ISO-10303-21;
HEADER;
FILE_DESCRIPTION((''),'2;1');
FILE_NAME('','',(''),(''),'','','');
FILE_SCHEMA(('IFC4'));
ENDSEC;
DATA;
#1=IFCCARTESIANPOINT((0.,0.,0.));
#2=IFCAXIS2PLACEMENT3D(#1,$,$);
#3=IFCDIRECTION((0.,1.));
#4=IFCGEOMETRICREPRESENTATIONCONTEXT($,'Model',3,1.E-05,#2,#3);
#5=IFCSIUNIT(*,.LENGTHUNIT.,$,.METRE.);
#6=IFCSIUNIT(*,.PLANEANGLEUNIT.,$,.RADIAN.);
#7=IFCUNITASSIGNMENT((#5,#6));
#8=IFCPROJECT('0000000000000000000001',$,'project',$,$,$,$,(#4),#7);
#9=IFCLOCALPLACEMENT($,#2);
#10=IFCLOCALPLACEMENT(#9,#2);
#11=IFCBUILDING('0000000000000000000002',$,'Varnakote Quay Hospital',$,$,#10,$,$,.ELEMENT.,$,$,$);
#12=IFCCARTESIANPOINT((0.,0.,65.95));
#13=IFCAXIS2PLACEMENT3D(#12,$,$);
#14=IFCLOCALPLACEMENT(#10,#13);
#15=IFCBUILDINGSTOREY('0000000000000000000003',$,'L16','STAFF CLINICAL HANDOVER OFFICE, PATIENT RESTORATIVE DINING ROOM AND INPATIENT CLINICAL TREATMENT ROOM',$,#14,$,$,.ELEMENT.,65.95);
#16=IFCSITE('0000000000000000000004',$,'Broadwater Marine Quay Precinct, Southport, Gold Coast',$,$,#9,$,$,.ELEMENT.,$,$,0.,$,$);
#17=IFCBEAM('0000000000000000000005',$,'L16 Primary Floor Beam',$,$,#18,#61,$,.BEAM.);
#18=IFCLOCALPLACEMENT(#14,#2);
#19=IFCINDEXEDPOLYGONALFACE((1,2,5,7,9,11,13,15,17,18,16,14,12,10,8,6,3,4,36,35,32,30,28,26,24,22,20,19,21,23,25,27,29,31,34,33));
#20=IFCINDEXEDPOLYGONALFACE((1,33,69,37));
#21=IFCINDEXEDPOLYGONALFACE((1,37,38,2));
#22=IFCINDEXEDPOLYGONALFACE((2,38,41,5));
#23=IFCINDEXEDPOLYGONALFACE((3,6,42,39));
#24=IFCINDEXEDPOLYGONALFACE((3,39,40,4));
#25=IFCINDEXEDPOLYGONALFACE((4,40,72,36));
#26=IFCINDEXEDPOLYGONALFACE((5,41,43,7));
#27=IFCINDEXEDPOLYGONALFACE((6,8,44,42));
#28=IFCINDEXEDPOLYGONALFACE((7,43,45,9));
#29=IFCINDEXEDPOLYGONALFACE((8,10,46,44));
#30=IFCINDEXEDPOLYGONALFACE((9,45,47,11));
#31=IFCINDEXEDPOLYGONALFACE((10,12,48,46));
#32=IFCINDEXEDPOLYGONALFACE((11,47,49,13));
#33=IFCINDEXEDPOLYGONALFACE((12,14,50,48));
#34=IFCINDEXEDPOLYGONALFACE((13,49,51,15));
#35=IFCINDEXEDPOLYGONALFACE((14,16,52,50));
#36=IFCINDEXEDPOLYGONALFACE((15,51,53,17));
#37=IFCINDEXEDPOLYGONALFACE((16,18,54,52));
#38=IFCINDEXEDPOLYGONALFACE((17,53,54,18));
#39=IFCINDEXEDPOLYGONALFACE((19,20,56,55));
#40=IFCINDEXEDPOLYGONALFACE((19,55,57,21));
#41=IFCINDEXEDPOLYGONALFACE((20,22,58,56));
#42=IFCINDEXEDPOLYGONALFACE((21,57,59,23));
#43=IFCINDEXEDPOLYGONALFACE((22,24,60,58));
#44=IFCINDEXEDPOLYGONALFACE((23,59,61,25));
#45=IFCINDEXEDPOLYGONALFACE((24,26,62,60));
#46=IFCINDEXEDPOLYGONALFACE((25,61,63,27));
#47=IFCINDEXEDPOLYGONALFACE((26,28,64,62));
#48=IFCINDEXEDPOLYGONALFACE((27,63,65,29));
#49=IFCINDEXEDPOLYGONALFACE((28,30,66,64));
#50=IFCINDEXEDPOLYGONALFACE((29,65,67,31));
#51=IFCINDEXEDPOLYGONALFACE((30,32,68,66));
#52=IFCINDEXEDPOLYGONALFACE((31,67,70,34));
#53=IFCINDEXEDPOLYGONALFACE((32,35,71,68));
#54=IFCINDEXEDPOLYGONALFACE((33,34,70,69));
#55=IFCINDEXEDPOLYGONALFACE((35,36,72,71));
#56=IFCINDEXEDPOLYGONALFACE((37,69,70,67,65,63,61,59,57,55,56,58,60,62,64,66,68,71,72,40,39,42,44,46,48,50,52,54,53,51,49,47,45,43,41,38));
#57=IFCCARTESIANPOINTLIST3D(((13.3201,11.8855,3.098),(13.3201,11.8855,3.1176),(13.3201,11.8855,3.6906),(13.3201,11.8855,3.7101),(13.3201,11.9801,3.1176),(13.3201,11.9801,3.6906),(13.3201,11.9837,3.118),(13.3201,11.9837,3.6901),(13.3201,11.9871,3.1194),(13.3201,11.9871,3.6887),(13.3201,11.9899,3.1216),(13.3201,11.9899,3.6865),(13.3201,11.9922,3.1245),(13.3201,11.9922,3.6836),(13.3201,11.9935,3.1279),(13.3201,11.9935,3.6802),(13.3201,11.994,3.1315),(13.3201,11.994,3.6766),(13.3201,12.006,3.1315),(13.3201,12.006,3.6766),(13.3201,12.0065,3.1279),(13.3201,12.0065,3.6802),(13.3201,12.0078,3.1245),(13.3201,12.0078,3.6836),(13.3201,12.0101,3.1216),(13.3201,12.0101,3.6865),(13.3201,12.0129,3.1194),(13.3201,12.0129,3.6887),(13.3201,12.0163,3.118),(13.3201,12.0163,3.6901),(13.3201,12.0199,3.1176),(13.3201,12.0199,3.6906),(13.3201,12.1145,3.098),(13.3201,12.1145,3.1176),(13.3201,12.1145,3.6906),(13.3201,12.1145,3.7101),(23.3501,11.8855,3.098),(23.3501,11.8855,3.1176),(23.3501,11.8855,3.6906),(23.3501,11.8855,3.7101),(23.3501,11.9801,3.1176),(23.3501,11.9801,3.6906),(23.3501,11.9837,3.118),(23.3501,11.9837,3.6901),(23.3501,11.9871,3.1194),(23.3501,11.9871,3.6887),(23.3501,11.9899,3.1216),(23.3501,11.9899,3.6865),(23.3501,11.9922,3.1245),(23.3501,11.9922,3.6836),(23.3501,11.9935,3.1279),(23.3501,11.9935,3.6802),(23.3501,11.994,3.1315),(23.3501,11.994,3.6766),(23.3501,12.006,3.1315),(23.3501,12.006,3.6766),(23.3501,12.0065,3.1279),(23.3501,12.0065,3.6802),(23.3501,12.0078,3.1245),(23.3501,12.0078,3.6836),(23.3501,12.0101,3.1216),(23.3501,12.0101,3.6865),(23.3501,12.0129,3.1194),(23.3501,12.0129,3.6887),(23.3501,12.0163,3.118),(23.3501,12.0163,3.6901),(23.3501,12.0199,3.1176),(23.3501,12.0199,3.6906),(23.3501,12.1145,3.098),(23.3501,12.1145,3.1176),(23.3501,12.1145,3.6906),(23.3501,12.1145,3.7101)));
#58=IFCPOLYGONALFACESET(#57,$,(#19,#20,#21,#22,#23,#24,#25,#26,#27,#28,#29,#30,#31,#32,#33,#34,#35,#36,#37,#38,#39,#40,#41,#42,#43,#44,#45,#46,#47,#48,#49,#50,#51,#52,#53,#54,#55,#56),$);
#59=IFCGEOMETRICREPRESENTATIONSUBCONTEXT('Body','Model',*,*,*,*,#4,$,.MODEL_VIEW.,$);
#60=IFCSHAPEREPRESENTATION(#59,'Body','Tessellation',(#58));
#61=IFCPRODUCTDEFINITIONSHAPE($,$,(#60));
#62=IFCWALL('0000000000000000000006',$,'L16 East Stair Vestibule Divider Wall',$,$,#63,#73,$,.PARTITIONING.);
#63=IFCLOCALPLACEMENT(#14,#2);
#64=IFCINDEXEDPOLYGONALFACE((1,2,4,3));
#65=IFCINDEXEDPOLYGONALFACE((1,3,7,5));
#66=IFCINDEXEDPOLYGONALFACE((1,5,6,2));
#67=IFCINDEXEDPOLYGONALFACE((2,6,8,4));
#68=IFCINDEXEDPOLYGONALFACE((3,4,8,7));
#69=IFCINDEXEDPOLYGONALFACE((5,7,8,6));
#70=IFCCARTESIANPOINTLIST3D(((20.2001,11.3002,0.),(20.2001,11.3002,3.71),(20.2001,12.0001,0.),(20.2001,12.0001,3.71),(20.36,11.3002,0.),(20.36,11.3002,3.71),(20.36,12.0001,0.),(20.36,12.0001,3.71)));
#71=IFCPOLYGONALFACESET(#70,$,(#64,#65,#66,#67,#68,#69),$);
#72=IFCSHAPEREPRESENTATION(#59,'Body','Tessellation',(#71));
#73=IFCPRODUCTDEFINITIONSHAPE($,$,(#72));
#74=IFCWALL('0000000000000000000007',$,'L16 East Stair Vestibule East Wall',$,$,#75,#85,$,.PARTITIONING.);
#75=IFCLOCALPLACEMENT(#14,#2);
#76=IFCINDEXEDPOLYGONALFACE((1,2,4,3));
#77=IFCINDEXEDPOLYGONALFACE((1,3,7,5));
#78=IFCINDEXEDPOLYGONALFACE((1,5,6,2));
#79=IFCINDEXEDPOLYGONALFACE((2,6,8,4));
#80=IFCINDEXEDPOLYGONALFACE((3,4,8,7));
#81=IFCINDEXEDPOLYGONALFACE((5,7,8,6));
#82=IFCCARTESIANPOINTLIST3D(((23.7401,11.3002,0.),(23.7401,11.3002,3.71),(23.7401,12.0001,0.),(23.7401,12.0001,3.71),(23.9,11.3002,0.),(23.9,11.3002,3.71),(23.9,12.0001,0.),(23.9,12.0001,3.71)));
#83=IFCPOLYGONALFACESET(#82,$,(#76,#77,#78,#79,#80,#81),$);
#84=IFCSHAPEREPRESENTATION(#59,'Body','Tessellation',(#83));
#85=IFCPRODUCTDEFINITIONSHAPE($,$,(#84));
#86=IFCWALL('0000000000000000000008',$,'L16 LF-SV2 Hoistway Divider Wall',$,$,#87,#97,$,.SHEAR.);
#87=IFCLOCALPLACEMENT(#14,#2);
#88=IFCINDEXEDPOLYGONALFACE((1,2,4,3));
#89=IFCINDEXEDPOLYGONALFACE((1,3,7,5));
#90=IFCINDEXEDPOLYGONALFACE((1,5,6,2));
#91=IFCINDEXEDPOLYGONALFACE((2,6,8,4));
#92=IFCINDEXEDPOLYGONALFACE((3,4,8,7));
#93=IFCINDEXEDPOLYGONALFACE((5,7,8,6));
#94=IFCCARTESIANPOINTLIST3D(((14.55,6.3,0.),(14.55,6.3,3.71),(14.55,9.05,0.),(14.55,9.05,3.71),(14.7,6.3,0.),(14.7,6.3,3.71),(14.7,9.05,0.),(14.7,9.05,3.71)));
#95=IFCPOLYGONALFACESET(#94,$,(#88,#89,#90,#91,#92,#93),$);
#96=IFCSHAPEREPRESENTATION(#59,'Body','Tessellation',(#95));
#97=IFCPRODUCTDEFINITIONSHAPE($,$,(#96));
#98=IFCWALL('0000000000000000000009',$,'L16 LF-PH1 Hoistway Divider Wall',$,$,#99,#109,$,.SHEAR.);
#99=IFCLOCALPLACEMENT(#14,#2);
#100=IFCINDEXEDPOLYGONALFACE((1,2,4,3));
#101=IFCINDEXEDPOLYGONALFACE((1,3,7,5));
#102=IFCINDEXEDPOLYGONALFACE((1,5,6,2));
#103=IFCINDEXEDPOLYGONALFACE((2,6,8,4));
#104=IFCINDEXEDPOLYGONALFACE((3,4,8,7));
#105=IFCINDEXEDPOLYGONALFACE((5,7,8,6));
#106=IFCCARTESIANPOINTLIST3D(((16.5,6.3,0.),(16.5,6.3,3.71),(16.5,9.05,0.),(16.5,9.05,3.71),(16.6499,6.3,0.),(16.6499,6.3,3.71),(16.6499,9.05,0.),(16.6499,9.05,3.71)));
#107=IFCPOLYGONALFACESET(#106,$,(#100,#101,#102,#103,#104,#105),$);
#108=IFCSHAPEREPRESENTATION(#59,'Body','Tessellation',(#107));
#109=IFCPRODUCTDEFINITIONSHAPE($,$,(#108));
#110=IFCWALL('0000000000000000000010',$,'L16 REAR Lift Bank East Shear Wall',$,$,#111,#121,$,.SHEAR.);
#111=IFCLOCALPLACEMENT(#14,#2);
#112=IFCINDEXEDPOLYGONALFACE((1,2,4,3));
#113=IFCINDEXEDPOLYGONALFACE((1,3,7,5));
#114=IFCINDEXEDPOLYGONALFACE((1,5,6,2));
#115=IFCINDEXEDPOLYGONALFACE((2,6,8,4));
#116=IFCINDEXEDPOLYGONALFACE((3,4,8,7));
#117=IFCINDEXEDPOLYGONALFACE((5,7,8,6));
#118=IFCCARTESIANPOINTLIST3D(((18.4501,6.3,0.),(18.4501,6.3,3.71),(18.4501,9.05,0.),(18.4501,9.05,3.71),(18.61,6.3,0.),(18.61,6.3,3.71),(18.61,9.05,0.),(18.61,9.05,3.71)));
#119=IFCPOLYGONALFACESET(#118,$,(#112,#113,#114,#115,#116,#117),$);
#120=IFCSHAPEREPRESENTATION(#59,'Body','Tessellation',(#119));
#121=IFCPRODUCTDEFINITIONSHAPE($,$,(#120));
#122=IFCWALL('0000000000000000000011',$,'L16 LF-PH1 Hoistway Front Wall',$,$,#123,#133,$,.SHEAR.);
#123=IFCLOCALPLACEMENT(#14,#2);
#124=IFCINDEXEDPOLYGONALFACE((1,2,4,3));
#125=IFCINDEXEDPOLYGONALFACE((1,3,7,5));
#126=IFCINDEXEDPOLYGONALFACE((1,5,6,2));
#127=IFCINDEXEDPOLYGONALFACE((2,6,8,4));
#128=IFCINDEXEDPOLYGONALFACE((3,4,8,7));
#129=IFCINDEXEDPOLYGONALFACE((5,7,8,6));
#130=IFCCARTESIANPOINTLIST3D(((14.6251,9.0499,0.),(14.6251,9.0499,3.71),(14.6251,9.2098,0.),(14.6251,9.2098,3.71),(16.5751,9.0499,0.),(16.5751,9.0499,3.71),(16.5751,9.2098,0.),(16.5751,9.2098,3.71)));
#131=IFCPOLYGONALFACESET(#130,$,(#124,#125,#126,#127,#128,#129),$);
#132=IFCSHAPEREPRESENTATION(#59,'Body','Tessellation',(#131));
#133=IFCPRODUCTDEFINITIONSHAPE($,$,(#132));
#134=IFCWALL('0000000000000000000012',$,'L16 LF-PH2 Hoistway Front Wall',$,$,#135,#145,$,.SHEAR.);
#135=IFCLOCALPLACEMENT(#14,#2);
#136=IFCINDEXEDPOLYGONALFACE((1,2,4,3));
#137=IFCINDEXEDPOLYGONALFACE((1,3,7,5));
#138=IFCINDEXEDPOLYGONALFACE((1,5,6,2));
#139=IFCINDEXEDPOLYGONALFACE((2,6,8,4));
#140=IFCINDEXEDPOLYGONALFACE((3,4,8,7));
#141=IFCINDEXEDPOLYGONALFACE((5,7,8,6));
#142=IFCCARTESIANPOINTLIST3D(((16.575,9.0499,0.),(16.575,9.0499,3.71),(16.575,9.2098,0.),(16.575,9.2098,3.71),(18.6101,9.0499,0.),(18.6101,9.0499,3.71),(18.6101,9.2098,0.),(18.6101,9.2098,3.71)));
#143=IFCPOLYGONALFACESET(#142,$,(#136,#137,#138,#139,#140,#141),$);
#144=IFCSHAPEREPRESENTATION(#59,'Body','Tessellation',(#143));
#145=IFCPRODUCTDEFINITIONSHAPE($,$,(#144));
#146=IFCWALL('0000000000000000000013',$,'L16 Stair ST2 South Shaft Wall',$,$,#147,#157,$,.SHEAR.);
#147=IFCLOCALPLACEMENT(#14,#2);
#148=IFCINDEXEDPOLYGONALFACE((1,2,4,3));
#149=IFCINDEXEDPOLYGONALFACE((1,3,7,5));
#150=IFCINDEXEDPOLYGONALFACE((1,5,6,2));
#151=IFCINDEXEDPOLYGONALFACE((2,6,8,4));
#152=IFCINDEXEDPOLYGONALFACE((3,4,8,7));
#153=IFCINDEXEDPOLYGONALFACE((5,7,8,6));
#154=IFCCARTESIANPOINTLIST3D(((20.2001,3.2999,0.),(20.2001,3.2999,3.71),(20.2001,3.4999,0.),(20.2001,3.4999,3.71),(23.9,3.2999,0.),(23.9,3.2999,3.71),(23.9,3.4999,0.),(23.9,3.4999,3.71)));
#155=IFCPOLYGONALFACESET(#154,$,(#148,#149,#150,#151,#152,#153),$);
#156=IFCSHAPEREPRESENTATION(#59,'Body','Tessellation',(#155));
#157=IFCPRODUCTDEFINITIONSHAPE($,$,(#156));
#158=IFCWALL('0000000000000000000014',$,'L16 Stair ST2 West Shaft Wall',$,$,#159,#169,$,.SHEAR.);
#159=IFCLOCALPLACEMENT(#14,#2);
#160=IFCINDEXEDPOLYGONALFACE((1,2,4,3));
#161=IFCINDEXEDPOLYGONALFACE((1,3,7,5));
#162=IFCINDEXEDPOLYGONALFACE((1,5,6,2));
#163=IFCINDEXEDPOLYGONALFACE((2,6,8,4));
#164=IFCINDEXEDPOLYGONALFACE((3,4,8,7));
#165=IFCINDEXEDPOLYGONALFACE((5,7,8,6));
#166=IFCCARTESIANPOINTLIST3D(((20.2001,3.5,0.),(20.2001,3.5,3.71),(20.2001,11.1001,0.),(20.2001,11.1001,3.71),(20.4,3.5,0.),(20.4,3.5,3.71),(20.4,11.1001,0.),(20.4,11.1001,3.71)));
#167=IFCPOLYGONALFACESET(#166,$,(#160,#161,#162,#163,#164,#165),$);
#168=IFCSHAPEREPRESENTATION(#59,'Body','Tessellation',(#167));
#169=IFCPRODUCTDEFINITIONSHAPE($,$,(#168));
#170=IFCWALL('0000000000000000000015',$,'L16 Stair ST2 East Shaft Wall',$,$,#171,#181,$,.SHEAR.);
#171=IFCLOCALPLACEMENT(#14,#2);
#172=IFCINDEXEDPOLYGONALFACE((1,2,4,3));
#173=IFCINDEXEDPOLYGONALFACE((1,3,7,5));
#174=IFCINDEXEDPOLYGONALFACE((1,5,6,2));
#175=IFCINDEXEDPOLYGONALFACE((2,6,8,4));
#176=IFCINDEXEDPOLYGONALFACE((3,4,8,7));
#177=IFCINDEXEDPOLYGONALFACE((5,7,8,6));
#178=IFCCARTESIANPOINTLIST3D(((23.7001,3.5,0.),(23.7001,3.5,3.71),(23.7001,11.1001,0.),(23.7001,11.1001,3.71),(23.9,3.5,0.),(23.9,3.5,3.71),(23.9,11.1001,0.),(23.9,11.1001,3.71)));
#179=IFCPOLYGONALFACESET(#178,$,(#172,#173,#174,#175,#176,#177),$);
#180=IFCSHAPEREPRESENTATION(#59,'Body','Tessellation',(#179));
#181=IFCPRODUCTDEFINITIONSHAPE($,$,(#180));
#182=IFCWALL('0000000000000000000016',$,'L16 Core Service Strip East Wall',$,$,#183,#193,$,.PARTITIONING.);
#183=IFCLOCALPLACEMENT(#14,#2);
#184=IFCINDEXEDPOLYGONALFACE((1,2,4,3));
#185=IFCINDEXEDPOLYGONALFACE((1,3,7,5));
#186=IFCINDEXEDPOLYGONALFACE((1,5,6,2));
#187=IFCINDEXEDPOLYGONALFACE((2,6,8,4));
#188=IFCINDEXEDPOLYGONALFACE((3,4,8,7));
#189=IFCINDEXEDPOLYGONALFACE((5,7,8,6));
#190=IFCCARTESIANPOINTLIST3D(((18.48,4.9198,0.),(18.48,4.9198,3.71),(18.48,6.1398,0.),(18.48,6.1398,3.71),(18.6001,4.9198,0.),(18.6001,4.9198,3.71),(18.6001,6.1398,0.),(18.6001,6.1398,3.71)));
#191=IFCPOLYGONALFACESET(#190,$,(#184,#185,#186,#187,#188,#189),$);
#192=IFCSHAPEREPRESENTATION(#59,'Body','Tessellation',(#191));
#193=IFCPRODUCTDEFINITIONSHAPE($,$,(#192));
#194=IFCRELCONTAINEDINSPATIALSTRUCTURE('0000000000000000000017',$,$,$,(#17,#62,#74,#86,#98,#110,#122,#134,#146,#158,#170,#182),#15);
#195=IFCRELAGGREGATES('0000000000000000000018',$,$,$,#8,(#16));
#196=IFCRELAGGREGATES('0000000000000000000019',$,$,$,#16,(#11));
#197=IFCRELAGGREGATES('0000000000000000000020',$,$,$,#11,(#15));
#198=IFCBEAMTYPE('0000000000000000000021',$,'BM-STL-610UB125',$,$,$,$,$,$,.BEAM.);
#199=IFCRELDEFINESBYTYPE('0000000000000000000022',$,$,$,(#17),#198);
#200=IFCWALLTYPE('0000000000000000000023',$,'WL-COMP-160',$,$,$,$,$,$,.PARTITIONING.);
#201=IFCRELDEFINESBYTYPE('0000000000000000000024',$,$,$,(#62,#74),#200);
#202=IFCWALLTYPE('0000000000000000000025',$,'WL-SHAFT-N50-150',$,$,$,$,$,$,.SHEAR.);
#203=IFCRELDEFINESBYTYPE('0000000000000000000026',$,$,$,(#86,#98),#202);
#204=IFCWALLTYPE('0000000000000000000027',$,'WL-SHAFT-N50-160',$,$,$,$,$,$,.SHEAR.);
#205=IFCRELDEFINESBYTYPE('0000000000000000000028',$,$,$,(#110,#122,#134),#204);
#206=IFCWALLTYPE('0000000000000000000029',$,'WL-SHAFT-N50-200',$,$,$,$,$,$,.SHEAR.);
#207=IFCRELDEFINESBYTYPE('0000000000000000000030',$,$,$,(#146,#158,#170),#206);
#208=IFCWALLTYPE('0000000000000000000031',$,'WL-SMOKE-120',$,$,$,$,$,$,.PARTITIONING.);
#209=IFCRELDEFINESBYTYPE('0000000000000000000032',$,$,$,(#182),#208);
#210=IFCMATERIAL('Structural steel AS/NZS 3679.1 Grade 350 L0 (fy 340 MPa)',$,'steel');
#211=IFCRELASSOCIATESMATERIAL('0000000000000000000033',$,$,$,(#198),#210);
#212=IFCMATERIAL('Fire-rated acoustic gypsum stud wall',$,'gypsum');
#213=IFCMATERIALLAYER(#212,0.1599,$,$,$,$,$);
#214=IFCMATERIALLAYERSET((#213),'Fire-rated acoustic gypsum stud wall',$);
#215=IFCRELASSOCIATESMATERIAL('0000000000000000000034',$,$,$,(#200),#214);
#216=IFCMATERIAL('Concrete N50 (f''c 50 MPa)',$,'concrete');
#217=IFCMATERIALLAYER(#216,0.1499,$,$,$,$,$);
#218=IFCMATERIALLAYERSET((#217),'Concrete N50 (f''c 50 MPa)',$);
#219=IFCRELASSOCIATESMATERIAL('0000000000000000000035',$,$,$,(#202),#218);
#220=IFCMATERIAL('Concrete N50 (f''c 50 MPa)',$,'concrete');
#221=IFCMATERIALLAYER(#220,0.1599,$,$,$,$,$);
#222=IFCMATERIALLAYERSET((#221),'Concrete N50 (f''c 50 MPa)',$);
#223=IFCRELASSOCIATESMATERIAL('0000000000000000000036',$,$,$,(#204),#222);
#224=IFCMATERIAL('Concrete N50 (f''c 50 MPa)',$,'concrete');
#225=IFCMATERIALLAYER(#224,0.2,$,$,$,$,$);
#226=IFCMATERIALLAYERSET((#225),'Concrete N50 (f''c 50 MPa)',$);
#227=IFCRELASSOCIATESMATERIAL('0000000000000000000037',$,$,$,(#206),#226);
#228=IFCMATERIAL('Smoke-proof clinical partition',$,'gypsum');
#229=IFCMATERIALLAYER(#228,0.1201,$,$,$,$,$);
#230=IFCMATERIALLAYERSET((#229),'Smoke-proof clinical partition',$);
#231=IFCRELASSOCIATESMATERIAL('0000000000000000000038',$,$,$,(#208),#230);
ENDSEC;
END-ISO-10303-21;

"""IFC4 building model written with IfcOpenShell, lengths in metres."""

from ifc_helpers import new_model, si_unit, direction, frame, frame_2d, origin, origin_2d, place, context, subcontext, project, spatial, rectangle, i_section, extrude, material, layer, layer_set, material_profile, profile_set, type_object, element, save


model = new_model("IFC4")

# Units and contexts
model_context = context("Model", 3, precision=1e-05, world=origin(), true_north=direction((0.0, 1.0)))
body_context = subcontext(model_context, "Body", "Model", "MODEL_VIEW")
ifc_project = project(units=[si_unit("LENGTHUNIT", "METRE"), si_unit("PLANEANGLEUNIT", "RADIAN")], contexts=[model_context])

# Site, building, storey
site_placement = place(None, origin())
site = spatial("IfcSite", under=ifc_project, at=site_placement, Name="Broadwater Marine Quay Precinct, Southport, Gold Coast", CompositionType="ELEMENT", RefElevation=0.0)
building_placement = place(site_placement, origin())
building = spatial("IfcBuilding", under=site, at=building_placement, Name="Varnakote Quay Hospital", CompositionType="ELEMENT")
storey_placement = place(building_placement, frame((0.0, 0.0, 65.95)))
storey = spatial("IfcBuildingStorey", under=building, at=storey_placement, Name="L16", Description="STAFF CLINICAL HANDOVER OFFICE, PATIENT RESTORATIVE DINING ROOM AND INPATIENT CLINICAL TREATMENT ROOM", CompositionType="ELEMENT", Elevation=65.95)

# Beam
ifc_material_1 = material(Name="Structural steel AS/NZS 3679.1 Grade 350 L0 (fy 340 MPa)", Category="steel")
ifc_material_profile = material_profile(ifc_material_1, i_section(OverallWidth=0.229, OverallDepth=0.6121, WebThickness=0.012, FlangeThickness=0.0195, FilletRadius=0.0139, at=origin_2d()), Name="610UB125")
ifc_profile_set = profile_set([ifc_material_profile], Name="Structural steel AS/NZS 3679.1 Grade 350 L0 (fy 340 MPa)")
beam_type = type_object("IfcBeamType", Name="BM-STL-610UB125", PredefinedType="BEAM", material=ifc_profile_set)
beam_placement = place(storey_placement, frame((13.3201, 12.0, 3.4041), z_axis=(1.0, 0.0, 0.0), x_axis=(0.0, 1.0, 0.0)))
element("IfcBeam", 1, at=beam_placement, inside=storey, type_object=beam_type, Name="L16 Primary Floor Beam", PredefinedType="BEAM", context=body_context, shape_type="SweptSolid", body=[
    extrude(i_section(OverallWidth=0.229, OverallDepth=0.6121, WebThickness=0.012, FlangeThickness=0.0195, FilletRadius=0.0139, at=origin_2d()), origin(), (0.0, 0.0, 1.0), 10.03),
])

# Walls
ifc_material_2 = material(Name="Fire-rated acoustic gypsum stud wall", Category="gypsum")
ifc_layer_1 = layer(ifc_material_2, 0.1599)
ifc_layer_set_1 = layer_set([ifc_layer_1], Name="Fire-rated acoustic gypsum stud wall")
wall_type_1 = type_object("IfcWallType", Name="WL-COMP-160", PredefinedType="PARTITIONING", material=ifc_layer_set_1)
for number, where, z_axis, x_axis, name in (
    (2, (20.28, 11.3, 0.0), (0.0, 0.0, 1.0), (0.0, 1.0, 0.0), "L16 East Stair Vestibule Divider Wall"),
    (3, (23.8201, 11.3, 0.0), (0.0, 0.0, 1.0), (0.0, 1.0, 0.0), "L16 East Stair Vestibule East Wall"),
):
    element("IfcWall", number, at=place(storey_placement, frame(where, z_axis=z_axis, x_axis=x_axis)), inside=storey, type_object=wall_type_1, Name=name, PredefinedType="PARTITIONING", context=body_context, shape_type="SweptSolid", body=[
        extrude(rectangle(XDim=0.7, YDim=0.1599, at=frame_2d((0.3501, 0.0))), origin(), (0.0, 0.0, 1.0), 3.71),
    ])
ifc_material_3 = material(Name="Concrete N50 (f'c 50 MPa)", Category="concrete")
ifc_layer_2 = layer(ifc_material_3, 0.1499)
ifc_layer_set_2 = layer_set([ifc_layer_2], Name="Concrete N50 (f'c 50 MPa)")
wall_type_2 = type_object("IfcWallType", Name="WL-SHAFT-N50-150", PredefinedType="SHEAR", material=ifc_layer_set_2)
for number, where, z_axis, x_axis, name in (
    (4, (14.625, 6.3, 0.0), (0.0, 0.0, 1.0), (0.0, 1.0, 0.0), "L16 LF-SV2 Hoistway Divider Wall"),
    (5, (16.575, 6.3, 0.0), (0.0, 0.0, 1.0), (0.0, 1.0, 0.0), "L16 LF-PH1 Hoistway Divider Wall"),
):
    element("IfcWall", number, at=place(storey_placement, frame(where, z_axis=z_axis, x_axis=x_axis)), inside=storey, type_object=wall_type_2, Name=name, PredefinedType="SHEAR", context=body_context, shape_type="SweptSolid", body=[
        extrude(rectangle(XDim=2.75, YDim=0.1499, at=frame_2d((1.375, 0.0))), origin(), (0.0, 0.0, 1.0), 3.71),
    ])
ifc_material_4 = material(Name="Concrete N50 (f'c 50 MPa)", Category="concrete")
ifc_layer_3 = layer(ifc_material_4, 0.1599)
ifc_layer_set_3 = layer_set([ifc_layer_3], Name="Concrete N50 (f'c 50 MPa)")
wall_type_3 = type_object("IfcWallType", Name="WL-SHAFT-N50-160", PredefinedType="SHEAR", material=ifc_layer_set_3)
wall_1_placement = place(storey_placement, frame((18.53, 6.3, 0.0), z_axis=(0.0, 0.0, 1.0), x_axis=(0.0, 1.0, 0.0)))
element("IfcWall", 6, at=wall_1_placement, inside=storey, type_object=wall_type_3, Name="L16 REAR Lift Bank East Shear Wall", PredefinedType="SHEAR", context=body_context, shape_type="SweptSolid", body=[
    extrude(rectangle(XDim=2.75, YDim=0.1599, at=frame_2d((1.375, 0.0))), origin(), (0.0, 0.0, 1.0), 3.71),
])
wall_2_placement = place(storey_placement, frame((14.625, 9.1299, 0.0), z_axis=(0.0, 0.0, 1.0), x_axis=(1.0, 0.0, 0.0)))
element("IfcWall", 7, at=wall_2_placement, inside=storey, type_object=wall_type_3, Name="L16 LF-PH1 Hoistway Front Wall", PredefinedType="SHEAR", context=body_context, shape_type="SweptSolid", body=[
    extrude(rectangle(XDim=1.95, YDim=0.1599, at=frame_2d((0.9751, 0.0))), origin(), (0.0, 0.0, 1.0), 3.71),
])
wall_3_placement = place(storey_placement, frame((16.575, 9.1299, 0.0), z_axis=(0.0, 0.0, 1.0), x_axis=(1.0, 0.0, 0.0)))
element("IfcWall", 8, at=wall_3_placement, inside=storey, type_object=wall_type_3, Name="L16 LF-PH2 Hoistway Front Wall", PredefinedType="SHEAR", context=body_context, shape_type="SweptSolid", body=[
    extrude(rectangle(XDim=2.0352, YDim=0.1599, at=frame_2d((1.0176, 0.0))), origin(), (0.0, 0.0, 1.0), 3.71),
])
ifc_material_5 = material(Name="Concrete N50 (f'c 50 MPa)", Category="concrete")
ifc_layer_4 = layer(ifc_material_5, 0.2)
ifc_layer_set_4 = layer_set([ifc_layer_4], Name="Concrete N50 (f'c 50 MPa)")
wall_type_4 = type_object("IfcWallType", Name="WL-SHAFT-N50-200", PredefinedType="SHEAR", material=ifc_layer_set_4)
wall_4_placement = place(storey_placement, frame((20.2, 3.3999, 0.0), z_axis=(0.0, 0.0, 1.0), x_axis=(1.0, 0.0, 0.0)))
element("IfcWall", 9, at=wall_4_placement, inside=storey, type_object=wall_type_4, Name="L16 Stair ST2 South Shaft Wall", PredefinedType="SHEAR", context=body_context, shape_type="SweptSolid", body=[
    extrude(rectangle(XDim=3.7, YDim=0.2, at=frame_2d((1.8501, 0.0))), origin(), (0.0, 0.0, 1.0), 3.71),
])
for number, where, z_axis, x_axis, name in (
    (10, (20.3, 3.5, 0.0), (0.0, 0.0, 1.0), (0.0, 1.0, 0.0), "L16 Stair ST2 West Shaft Wall"),
    (11, (23.8, 3.5, 0.0), (0.0, 0.0, 1.0), (0.0, 1.0, 0.0), "L16 Stair ST2 East Shaft Wall"),
):
    element("IfcWall", number, at=place(storey_placement, frame(where, z_axis=z_axis, x_axis=x_axis)), inside=storey, type_object=wall_type_4, Name=name, PredefinedType="SHEAR", context=body_context, shape_type="SweptSolid", body=[
        extrude(rectangle(XDim=7.6001, YDim=0.2, at=frame_2d((3.8, 0.0))), origin(), (0.0, 0.0, 1.0), 3.71),
    ])

# Wall
ifc_material_6 = material(Name="Smoke-proof clinical partition", Category="gypsum")
ifc_layer_5 = layer(ifc_material_6, 0.1201)
ifc_layer_set_5 = layer_set([ifc_layer_5], Name="Smoke-proof clinical partition")
wall_type_5 = type_object("IfcWallType", Name="WL-SMOKE-120", PredefinedType="PARTITIONING", material=ifc_layer_set_5)
wall_5_placement = place(storey_placement, frame((18.54, 4.9199, 0.0), z_axis=(0.0, 0.0, 1.0), x_axis=(0.0, 1.0, 0.0)))
element("IfcWall", 12, at=wall_5_placement, inside=storey, type_object=wall_type_5, Name="L16 Core Service Strip East Wall", PredefinedType="PARTITIONING", context=body_context, shape_type="SweptSolid", body=[
    extrude(rectangle(XDim=1.22, YDim=0.1201, at=frame_2d((0.6099, 0.0))), origin(), (0.0, 0.0, 1.0), 3.71),
])

save(model, "model.ifc")
